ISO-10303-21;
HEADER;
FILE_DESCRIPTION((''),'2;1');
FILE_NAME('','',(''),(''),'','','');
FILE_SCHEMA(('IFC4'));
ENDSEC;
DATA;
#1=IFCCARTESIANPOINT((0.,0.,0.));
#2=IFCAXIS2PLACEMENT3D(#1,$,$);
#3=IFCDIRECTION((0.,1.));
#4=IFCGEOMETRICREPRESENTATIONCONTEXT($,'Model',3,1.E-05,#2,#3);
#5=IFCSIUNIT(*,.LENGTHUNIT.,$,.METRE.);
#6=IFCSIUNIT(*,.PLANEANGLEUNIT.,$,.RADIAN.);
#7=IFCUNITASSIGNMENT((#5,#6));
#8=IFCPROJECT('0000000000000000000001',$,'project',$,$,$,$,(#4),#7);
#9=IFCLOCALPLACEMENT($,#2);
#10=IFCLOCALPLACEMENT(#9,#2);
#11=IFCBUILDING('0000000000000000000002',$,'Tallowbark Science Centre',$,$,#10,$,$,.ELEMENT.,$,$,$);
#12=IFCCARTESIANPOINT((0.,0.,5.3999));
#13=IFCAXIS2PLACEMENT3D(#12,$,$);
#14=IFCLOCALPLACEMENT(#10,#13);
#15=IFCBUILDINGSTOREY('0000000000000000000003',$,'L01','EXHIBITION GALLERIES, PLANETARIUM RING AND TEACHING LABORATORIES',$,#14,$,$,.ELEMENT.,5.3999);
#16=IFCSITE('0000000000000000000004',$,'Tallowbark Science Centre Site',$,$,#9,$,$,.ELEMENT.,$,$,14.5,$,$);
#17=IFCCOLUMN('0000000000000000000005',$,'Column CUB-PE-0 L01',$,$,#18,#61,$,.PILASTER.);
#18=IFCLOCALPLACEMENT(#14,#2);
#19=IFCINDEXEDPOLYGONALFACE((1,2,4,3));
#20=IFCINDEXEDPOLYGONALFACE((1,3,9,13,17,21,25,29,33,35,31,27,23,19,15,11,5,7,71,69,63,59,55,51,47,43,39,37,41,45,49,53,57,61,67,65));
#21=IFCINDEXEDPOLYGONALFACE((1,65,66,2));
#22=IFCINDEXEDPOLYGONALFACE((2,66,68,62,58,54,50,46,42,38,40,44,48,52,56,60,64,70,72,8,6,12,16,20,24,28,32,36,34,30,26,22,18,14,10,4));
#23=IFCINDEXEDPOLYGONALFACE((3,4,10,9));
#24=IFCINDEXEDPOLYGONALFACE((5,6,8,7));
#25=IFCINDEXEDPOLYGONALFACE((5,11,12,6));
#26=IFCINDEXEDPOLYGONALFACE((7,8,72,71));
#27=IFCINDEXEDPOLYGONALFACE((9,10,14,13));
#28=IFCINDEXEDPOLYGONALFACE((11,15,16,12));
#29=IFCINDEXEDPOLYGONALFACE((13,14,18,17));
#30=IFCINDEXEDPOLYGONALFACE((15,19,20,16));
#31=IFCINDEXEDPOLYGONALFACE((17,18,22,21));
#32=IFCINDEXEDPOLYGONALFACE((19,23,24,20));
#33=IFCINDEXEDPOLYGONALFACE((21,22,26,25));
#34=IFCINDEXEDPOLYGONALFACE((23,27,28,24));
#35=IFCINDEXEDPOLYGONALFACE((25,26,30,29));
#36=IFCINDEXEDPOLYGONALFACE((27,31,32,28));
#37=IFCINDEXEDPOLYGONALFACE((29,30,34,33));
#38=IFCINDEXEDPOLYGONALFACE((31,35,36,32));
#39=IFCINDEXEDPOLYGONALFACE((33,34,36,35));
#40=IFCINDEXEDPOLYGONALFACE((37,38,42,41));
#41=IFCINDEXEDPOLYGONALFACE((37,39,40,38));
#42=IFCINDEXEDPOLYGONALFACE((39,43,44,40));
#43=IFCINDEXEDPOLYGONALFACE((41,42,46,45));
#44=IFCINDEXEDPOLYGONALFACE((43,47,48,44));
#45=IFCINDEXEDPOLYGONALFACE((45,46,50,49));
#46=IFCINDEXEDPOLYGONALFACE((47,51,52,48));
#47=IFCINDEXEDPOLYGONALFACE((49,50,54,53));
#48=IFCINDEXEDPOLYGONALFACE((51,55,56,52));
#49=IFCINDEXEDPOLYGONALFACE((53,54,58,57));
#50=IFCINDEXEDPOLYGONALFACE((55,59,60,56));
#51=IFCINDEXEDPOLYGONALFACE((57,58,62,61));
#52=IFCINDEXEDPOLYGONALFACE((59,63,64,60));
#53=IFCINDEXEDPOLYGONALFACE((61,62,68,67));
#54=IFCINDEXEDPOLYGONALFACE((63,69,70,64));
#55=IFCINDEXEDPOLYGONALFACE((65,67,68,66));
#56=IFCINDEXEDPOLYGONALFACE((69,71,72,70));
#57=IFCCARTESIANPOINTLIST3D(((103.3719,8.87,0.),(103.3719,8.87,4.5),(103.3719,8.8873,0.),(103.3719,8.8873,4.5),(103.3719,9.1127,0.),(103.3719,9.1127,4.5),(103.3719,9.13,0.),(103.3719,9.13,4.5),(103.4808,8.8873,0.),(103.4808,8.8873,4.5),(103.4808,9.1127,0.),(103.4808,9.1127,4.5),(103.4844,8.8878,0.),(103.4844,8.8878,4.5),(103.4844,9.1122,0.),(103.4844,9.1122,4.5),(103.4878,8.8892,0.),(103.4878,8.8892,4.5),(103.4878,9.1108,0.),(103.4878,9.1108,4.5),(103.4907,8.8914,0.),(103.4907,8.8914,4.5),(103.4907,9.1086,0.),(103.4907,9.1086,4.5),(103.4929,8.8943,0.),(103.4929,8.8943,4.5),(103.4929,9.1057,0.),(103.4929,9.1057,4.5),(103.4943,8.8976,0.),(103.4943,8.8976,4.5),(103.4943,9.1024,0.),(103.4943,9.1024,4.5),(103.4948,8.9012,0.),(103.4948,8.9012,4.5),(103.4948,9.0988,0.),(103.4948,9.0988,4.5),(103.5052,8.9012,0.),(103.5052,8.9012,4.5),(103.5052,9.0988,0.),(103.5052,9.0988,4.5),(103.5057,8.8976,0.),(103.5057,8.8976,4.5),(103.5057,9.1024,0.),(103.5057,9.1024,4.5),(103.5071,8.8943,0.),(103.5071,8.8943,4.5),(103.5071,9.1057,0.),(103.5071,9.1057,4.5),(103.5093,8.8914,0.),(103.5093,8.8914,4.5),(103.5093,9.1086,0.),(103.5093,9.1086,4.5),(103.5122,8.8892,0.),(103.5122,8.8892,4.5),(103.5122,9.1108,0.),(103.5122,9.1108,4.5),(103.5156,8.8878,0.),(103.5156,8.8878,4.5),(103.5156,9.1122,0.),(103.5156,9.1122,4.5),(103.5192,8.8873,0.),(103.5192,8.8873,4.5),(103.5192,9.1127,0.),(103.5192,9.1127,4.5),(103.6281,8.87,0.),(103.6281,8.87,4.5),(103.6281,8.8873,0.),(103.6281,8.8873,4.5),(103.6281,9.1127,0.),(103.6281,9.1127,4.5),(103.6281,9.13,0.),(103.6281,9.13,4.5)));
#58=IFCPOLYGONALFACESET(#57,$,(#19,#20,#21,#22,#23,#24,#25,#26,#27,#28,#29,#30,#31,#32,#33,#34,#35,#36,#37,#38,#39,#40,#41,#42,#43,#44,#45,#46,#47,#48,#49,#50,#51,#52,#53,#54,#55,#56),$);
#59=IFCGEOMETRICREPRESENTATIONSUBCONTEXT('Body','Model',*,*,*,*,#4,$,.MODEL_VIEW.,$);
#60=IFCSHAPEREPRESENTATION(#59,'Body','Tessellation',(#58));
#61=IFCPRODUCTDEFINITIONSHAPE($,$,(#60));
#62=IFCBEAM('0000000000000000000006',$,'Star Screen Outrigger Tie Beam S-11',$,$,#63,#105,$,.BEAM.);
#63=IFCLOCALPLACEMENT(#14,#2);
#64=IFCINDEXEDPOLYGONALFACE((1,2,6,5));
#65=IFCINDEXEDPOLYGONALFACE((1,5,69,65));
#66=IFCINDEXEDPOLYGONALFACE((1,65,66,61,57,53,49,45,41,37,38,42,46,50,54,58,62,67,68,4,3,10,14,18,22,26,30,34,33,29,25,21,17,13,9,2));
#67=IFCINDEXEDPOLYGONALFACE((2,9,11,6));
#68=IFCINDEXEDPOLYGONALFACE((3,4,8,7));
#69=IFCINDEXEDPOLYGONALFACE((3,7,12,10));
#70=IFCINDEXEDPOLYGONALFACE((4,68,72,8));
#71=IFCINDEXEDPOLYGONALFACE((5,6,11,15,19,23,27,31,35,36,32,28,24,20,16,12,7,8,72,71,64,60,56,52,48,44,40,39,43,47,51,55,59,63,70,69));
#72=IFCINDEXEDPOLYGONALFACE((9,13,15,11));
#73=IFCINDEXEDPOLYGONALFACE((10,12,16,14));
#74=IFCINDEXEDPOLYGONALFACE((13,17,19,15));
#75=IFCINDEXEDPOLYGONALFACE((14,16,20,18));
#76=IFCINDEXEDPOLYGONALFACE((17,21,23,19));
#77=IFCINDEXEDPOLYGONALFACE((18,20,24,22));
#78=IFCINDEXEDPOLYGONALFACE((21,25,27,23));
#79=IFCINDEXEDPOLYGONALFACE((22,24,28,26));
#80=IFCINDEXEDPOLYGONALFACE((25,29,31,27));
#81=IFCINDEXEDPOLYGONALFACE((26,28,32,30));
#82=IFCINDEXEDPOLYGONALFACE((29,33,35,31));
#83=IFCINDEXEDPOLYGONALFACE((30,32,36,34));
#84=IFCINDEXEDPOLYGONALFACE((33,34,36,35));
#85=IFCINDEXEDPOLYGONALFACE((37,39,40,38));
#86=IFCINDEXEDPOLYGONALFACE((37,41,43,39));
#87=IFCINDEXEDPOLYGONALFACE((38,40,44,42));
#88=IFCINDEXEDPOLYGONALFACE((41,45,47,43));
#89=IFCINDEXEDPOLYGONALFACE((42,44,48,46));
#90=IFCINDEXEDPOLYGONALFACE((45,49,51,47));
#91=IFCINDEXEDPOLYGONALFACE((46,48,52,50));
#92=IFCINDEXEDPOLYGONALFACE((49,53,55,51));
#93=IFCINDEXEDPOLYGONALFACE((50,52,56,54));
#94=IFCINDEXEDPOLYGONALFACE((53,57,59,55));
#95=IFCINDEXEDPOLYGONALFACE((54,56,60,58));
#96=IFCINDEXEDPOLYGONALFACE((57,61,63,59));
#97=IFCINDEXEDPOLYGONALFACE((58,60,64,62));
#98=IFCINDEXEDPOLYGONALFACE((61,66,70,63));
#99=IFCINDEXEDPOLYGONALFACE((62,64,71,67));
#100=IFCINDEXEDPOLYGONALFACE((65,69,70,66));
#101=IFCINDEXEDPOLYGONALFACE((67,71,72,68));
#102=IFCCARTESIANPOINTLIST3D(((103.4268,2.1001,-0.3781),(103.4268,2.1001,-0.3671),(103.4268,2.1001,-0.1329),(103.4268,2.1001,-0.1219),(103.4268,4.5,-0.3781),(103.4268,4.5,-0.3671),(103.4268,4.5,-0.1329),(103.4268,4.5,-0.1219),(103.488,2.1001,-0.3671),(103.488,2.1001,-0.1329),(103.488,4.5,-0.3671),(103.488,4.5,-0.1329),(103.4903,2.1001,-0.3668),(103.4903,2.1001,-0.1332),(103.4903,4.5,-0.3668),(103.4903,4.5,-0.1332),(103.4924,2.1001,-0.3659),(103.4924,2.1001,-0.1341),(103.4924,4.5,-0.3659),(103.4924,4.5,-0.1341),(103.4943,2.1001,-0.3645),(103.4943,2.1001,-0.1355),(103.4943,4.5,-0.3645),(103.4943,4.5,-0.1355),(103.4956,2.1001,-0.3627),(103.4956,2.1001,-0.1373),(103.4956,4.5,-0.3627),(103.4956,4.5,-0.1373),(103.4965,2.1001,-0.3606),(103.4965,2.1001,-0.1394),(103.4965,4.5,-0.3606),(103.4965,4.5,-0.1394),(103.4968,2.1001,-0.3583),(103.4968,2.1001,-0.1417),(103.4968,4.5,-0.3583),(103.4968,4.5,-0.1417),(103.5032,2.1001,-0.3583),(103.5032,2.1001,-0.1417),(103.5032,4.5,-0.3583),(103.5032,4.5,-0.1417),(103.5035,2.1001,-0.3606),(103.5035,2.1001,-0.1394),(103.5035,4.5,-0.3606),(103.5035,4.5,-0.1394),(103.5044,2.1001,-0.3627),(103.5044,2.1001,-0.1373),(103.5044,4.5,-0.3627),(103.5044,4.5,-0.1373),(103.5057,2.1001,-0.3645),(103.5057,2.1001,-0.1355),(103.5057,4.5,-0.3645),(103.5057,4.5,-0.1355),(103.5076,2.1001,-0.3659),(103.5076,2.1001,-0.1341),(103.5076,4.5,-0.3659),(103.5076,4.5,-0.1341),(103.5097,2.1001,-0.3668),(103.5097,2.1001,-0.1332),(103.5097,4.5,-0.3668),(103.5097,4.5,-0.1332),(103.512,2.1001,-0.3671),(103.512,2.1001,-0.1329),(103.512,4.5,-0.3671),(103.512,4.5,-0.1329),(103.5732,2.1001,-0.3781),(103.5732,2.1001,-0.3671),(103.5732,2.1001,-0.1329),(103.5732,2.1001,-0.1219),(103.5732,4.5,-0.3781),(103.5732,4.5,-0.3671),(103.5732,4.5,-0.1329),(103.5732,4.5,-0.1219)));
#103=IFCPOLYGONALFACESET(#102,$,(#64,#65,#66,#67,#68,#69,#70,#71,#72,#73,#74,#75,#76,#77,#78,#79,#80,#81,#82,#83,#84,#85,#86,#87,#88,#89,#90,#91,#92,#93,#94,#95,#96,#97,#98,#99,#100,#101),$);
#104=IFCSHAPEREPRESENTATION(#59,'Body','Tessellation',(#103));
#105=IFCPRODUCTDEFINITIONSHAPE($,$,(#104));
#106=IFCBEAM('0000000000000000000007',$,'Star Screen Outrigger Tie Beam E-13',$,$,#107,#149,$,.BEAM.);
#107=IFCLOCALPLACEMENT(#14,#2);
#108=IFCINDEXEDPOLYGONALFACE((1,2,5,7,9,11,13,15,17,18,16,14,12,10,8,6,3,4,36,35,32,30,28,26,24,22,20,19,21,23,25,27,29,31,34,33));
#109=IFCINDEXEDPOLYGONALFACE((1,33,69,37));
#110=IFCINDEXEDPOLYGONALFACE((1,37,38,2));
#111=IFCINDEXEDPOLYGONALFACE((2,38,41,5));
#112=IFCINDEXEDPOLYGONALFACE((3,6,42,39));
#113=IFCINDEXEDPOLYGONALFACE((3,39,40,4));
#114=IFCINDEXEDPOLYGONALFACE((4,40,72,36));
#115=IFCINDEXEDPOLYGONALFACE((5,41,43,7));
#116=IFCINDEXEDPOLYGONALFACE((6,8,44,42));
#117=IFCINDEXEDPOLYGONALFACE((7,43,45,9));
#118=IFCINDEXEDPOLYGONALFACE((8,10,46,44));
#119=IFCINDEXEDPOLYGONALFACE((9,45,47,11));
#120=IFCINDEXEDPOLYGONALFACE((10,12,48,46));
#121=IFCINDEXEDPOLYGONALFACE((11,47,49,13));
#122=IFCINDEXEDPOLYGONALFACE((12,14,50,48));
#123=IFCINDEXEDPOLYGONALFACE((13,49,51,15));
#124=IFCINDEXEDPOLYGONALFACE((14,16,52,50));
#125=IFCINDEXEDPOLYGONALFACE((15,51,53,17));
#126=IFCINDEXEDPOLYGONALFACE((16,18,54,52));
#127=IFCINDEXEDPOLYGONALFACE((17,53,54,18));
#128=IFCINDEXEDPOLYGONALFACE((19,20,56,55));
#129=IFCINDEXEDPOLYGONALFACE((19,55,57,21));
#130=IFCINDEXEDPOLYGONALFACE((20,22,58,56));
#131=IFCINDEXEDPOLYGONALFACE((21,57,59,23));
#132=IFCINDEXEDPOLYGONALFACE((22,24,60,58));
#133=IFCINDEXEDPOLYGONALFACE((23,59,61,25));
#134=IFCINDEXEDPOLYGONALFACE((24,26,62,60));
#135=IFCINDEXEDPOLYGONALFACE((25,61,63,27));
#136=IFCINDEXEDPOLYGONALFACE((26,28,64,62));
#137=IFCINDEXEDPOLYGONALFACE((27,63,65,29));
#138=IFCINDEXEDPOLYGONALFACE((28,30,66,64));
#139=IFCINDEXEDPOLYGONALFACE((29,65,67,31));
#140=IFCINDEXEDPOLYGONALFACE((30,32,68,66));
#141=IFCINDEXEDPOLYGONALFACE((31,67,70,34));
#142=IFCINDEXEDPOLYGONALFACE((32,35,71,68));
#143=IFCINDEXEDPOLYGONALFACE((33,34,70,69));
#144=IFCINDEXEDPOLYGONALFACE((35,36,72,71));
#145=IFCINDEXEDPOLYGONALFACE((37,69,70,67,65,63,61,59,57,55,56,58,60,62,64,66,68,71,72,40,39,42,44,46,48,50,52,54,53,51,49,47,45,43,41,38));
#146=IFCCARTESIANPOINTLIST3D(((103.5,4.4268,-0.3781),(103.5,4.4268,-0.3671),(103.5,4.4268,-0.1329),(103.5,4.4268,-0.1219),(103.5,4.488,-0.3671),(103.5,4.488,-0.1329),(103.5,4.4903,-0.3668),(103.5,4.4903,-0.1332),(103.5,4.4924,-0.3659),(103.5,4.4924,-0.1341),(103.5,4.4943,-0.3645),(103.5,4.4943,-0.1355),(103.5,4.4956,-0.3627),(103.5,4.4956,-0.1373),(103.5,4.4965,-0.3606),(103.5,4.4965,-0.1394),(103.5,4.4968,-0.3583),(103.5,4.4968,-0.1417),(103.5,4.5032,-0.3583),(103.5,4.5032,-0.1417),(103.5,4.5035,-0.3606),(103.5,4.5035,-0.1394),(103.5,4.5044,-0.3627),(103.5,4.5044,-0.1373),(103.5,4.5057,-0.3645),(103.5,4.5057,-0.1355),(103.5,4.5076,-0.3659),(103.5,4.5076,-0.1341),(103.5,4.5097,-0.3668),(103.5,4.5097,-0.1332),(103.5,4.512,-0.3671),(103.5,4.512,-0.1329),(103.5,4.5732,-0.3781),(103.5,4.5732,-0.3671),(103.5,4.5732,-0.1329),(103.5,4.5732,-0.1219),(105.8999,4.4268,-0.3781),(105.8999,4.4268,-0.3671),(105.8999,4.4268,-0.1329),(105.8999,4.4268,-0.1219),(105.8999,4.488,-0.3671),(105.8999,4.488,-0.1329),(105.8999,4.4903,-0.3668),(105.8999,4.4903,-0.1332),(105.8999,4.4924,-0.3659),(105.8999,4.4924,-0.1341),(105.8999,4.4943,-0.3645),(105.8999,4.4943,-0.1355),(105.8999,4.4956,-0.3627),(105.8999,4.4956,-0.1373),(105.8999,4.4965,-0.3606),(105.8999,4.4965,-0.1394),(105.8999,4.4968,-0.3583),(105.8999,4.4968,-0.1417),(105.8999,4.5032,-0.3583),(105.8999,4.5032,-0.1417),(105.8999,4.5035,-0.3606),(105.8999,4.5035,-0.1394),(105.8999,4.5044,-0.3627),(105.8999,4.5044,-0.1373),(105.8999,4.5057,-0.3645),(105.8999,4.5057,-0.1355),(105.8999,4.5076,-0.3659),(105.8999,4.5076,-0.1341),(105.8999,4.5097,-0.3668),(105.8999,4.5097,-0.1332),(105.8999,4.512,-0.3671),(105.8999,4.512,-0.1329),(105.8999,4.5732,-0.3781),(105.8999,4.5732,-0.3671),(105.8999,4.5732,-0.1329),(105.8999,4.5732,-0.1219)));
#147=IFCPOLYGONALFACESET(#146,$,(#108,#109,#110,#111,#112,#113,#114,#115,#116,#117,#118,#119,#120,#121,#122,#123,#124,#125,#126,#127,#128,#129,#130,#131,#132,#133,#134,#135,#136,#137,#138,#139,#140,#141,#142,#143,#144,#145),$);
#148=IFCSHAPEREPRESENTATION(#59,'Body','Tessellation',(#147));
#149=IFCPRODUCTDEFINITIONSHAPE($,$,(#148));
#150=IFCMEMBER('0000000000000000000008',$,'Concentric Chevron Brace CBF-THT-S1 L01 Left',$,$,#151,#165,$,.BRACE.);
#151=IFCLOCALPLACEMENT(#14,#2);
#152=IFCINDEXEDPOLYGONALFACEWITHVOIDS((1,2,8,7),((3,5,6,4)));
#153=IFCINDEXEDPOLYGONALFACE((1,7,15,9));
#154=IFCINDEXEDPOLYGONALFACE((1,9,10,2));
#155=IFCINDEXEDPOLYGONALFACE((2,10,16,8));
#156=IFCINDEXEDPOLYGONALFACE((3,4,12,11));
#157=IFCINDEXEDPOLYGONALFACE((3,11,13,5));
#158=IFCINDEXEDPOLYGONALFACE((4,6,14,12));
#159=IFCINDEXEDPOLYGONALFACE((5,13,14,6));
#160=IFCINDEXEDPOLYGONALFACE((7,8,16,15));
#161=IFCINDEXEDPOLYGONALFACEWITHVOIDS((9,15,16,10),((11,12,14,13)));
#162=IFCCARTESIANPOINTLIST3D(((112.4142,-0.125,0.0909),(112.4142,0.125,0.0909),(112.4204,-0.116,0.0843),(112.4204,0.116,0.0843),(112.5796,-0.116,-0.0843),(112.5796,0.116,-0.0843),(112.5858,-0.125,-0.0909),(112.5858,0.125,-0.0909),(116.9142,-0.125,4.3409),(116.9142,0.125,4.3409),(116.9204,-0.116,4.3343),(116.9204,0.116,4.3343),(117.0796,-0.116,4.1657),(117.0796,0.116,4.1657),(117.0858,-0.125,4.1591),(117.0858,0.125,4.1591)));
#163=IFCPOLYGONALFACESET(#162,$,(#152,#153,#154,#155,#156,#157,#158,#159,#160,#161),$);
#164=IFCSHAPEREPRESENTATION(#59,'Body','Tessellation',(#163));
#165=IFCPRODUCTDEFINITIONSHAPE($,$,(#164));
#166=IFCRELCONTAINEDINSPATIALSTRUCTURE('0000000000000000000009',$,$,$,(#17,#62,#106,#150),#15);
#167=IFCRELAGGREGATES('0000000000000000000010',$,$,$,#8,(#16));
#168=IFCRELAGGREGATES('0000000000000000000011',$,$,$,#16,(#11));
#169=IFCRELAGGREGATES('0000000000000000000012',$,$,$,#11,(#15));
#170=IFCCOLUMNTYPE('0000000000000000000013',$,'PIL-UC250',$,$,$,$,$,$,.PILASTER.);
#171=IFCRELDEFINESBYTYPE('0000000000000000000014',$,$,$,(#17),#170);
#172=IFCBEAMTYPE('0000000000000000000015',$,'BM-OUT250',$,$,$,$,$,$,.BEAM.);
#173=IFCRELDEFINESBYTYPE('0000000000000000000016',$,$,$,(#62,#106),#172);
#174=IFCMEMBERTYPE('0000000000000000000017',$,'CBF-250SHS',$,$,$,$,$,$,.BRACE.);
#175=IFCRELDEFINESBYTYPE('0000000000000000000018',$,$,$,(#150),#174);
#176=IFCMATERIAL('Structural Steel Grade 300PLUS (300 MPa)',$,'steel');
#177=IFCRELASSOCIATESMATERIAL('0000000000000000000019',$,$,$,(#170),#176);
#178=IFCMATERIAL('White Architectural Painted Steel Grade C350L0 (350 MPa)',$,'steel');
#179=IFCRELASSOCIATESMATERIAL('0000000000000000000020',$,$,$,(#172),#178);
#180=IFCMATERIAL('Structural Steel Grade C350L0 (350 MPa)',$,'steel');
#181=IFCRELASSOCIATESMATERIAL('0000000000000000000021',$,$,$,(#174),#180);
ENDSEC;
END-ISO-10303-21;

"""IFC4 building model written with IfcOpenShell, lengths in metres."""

from ifc_helpers import new_model, si_unit, direction, frame, origin, origin_2d, place, context, subcontext, project, spatial, hollow_rectangle, i_section, extrude, material, material_profile, profile_set, type_object, element, save


model = new_model("IFC4")

# Units and contexts
model_context = context("Model", 3, precision=1e-05, world=origin(), true_north=direction((0.0, 1.0)))
body_context = subcontext(model_context, "Body", "Model", "MODEL_VIEW")
ifc_project = project(units=[si_unit("LENGTHUNIT", "METRE"), si_unit("PLANEANGLEUNIT", "RADIAN")], contexts=[model_context])

# Site, building, storey
site_placement = place(None, origin())
site = spatial("IfcSite", under=ifc_project, at=site_placement, Name="Tallowbark Science Centre Site", CompositionType="ELEMENT", RefElevation=14.5)
building_placement = place(site_placement, origin())
building = spatial("IfcBuilding", under=site, at=building_placement, Name="Tallowbark Science Centre", CompositionType="ELEMENT")
storey_placement = place(building_placement, frame((0.0, 0.0, 5.3999)))
storey = spatial("IfcBuildingStorey", under=building, at=storey_placement, Name="L01", Description="EXHIBITION GALLERIES, PLANETARIUM RING AND TEACHING LABORATORIES", CompositionType="ELEMENT", Elevation=5.3999)

# Column
ifc_material_1 = material(Name="White Architectural Painted Steel Grade C350L0 (350 MPa)", Category="steel")
ifc_material_2 = material(Name="Structural Steel Grade 300PLUS (300 MPa)", Category="steel")
ifc_material_profile_1 = material_profile(ifc_material_2, i_section(OverallWidth=0.2561, OverallDepth=0.26, WebThickness=0.0105, FlangeThickness=0.0173, FilletRadius=0.0139, at=origin_2d()), Name="250UC89.5")
ifc_profile_set_1 = profile_set([ifc_material_profile_1], Name="Structural Steel Grade 300PLUS (300 MPa)")
column_type_1 = type_object("IfcColumnType", Name="PIL-UC250", PredefinedType="PILASTER", material=ifc_profile_set_1)
column_1_placement = place(storey_placement, frame((103.5, 9.0, 0.0), z_axis=(0.0, 0.0, 1.0), x_axis=(1.0, 0.0, 0.0)))
element("IfcColumn", 1, at=column_1_placement, inside=storey, type_object=column_type_1, Name="Column CUB-PE-0 L01", PredefinedType="PILASTER", context=body_context, shape_type="SweptSolid", body=[
    extrude(i_section(OverallWidth=0.2561, OverallDepth=0.26, WebThickness=0.0105, FlangeThickness=0.0173, FilletRadius=0.0139, at=origin_2d()), origin(), (0.0, 0.0, 1.0), 4.5),
])

# Beams
ifc_material_profile_2 = material_profile(ifc_material_1, i_section(OverallWidth=0.1465, OverallDepth=0.2561, WebThickness=0.0063, FlangeThickness=0.011, FilletRadius=0.0088, at=origin_2d()), Name="250UB37.3")
ifc_profile_set_2 = profile_set([ifc_material_profile_2], Name="White Architectural Painted Steel Grade C350L0 (350 MPa)")
beam_type_1 = type_object("IfcBeamType", Name="BM-OUT250", PredefinedType="BEAM", material=ifc_profile_set_2)
for number, where, z_axis, x_axis, name in (
    (2, (103.5, 4.5, -0.25), (0.0, -1.0, 0.0), (1.0, 0.0, 0.0), "Star Screen Outrigger Tie Beam S-11"),
    (3, (103.5, 4.5, -0.25), (1.0, 0.0, 0.0), (0.0, 1.0, 0.0), "Star Screen Outrigger Tie Beam E-13"),
):
    element("IfcBeam", number, at=place(storey_placement, frame(where, z_axis=z_axis, x_axis=x_axis)), inside=storey, type_object=beam_type_1, Name=name, PredefinedType="BEAM", context=body_context, shape_type="SweptSolid", body=[
        extrude(i_section(OverallWidth=0.1465, OverallDepth=0.2561, WebThickness=0.0063, FlangeThickness=0.011, FilletRadius=0.0088, at=origin_2d()), origin(), (0.0, 0.0, 1.0), 2.3999),
    ])

# Member
ifc_material_3 = material(Name="Structural Steel Grade C350L0 (350 MPa)", Category="steel")
ifc_material_profile_3 = material_profile(ifc_material_3, hollow_rectangle(XDim=0.25, YDim=0.25, WallThickness=0.009, at=origin_2d()), Name="250x250x9.0SHS")
ifc_profile_set_3 = profile_set([ifc_material_profile_3], Name="Structural Steel Grade C350L0 (350 MPa)")
member_type = type_object("IfcMemberType", Name="CBF-250SHS", PredefinedType="BRACE", material=ifc_profile_set_3)
member_placement = place(storey_placement, frame((112.5, 0.0, 0.0), z_axis=(0.727013, 0.0, 0.686624), x_axis=(0.0, 1.0, 0.0)))
element("IfcMember", 4, at=member_placement, inside=storey, type_object=member_type, Name="Concentric Chevron Brace CBF-THT-S1 L01 Left", PredefinedType="BRACE", context=body_context, shape_type="SweptSolid", body=[
    extrude(hollow_rectangle(XDim=0.25, YDim=0.25, WallThickness=0.009, at=origin_2d()), origin(), (0.0, 0.0, 1.0), 6.1897),
])

save(model, "model.ifc")
